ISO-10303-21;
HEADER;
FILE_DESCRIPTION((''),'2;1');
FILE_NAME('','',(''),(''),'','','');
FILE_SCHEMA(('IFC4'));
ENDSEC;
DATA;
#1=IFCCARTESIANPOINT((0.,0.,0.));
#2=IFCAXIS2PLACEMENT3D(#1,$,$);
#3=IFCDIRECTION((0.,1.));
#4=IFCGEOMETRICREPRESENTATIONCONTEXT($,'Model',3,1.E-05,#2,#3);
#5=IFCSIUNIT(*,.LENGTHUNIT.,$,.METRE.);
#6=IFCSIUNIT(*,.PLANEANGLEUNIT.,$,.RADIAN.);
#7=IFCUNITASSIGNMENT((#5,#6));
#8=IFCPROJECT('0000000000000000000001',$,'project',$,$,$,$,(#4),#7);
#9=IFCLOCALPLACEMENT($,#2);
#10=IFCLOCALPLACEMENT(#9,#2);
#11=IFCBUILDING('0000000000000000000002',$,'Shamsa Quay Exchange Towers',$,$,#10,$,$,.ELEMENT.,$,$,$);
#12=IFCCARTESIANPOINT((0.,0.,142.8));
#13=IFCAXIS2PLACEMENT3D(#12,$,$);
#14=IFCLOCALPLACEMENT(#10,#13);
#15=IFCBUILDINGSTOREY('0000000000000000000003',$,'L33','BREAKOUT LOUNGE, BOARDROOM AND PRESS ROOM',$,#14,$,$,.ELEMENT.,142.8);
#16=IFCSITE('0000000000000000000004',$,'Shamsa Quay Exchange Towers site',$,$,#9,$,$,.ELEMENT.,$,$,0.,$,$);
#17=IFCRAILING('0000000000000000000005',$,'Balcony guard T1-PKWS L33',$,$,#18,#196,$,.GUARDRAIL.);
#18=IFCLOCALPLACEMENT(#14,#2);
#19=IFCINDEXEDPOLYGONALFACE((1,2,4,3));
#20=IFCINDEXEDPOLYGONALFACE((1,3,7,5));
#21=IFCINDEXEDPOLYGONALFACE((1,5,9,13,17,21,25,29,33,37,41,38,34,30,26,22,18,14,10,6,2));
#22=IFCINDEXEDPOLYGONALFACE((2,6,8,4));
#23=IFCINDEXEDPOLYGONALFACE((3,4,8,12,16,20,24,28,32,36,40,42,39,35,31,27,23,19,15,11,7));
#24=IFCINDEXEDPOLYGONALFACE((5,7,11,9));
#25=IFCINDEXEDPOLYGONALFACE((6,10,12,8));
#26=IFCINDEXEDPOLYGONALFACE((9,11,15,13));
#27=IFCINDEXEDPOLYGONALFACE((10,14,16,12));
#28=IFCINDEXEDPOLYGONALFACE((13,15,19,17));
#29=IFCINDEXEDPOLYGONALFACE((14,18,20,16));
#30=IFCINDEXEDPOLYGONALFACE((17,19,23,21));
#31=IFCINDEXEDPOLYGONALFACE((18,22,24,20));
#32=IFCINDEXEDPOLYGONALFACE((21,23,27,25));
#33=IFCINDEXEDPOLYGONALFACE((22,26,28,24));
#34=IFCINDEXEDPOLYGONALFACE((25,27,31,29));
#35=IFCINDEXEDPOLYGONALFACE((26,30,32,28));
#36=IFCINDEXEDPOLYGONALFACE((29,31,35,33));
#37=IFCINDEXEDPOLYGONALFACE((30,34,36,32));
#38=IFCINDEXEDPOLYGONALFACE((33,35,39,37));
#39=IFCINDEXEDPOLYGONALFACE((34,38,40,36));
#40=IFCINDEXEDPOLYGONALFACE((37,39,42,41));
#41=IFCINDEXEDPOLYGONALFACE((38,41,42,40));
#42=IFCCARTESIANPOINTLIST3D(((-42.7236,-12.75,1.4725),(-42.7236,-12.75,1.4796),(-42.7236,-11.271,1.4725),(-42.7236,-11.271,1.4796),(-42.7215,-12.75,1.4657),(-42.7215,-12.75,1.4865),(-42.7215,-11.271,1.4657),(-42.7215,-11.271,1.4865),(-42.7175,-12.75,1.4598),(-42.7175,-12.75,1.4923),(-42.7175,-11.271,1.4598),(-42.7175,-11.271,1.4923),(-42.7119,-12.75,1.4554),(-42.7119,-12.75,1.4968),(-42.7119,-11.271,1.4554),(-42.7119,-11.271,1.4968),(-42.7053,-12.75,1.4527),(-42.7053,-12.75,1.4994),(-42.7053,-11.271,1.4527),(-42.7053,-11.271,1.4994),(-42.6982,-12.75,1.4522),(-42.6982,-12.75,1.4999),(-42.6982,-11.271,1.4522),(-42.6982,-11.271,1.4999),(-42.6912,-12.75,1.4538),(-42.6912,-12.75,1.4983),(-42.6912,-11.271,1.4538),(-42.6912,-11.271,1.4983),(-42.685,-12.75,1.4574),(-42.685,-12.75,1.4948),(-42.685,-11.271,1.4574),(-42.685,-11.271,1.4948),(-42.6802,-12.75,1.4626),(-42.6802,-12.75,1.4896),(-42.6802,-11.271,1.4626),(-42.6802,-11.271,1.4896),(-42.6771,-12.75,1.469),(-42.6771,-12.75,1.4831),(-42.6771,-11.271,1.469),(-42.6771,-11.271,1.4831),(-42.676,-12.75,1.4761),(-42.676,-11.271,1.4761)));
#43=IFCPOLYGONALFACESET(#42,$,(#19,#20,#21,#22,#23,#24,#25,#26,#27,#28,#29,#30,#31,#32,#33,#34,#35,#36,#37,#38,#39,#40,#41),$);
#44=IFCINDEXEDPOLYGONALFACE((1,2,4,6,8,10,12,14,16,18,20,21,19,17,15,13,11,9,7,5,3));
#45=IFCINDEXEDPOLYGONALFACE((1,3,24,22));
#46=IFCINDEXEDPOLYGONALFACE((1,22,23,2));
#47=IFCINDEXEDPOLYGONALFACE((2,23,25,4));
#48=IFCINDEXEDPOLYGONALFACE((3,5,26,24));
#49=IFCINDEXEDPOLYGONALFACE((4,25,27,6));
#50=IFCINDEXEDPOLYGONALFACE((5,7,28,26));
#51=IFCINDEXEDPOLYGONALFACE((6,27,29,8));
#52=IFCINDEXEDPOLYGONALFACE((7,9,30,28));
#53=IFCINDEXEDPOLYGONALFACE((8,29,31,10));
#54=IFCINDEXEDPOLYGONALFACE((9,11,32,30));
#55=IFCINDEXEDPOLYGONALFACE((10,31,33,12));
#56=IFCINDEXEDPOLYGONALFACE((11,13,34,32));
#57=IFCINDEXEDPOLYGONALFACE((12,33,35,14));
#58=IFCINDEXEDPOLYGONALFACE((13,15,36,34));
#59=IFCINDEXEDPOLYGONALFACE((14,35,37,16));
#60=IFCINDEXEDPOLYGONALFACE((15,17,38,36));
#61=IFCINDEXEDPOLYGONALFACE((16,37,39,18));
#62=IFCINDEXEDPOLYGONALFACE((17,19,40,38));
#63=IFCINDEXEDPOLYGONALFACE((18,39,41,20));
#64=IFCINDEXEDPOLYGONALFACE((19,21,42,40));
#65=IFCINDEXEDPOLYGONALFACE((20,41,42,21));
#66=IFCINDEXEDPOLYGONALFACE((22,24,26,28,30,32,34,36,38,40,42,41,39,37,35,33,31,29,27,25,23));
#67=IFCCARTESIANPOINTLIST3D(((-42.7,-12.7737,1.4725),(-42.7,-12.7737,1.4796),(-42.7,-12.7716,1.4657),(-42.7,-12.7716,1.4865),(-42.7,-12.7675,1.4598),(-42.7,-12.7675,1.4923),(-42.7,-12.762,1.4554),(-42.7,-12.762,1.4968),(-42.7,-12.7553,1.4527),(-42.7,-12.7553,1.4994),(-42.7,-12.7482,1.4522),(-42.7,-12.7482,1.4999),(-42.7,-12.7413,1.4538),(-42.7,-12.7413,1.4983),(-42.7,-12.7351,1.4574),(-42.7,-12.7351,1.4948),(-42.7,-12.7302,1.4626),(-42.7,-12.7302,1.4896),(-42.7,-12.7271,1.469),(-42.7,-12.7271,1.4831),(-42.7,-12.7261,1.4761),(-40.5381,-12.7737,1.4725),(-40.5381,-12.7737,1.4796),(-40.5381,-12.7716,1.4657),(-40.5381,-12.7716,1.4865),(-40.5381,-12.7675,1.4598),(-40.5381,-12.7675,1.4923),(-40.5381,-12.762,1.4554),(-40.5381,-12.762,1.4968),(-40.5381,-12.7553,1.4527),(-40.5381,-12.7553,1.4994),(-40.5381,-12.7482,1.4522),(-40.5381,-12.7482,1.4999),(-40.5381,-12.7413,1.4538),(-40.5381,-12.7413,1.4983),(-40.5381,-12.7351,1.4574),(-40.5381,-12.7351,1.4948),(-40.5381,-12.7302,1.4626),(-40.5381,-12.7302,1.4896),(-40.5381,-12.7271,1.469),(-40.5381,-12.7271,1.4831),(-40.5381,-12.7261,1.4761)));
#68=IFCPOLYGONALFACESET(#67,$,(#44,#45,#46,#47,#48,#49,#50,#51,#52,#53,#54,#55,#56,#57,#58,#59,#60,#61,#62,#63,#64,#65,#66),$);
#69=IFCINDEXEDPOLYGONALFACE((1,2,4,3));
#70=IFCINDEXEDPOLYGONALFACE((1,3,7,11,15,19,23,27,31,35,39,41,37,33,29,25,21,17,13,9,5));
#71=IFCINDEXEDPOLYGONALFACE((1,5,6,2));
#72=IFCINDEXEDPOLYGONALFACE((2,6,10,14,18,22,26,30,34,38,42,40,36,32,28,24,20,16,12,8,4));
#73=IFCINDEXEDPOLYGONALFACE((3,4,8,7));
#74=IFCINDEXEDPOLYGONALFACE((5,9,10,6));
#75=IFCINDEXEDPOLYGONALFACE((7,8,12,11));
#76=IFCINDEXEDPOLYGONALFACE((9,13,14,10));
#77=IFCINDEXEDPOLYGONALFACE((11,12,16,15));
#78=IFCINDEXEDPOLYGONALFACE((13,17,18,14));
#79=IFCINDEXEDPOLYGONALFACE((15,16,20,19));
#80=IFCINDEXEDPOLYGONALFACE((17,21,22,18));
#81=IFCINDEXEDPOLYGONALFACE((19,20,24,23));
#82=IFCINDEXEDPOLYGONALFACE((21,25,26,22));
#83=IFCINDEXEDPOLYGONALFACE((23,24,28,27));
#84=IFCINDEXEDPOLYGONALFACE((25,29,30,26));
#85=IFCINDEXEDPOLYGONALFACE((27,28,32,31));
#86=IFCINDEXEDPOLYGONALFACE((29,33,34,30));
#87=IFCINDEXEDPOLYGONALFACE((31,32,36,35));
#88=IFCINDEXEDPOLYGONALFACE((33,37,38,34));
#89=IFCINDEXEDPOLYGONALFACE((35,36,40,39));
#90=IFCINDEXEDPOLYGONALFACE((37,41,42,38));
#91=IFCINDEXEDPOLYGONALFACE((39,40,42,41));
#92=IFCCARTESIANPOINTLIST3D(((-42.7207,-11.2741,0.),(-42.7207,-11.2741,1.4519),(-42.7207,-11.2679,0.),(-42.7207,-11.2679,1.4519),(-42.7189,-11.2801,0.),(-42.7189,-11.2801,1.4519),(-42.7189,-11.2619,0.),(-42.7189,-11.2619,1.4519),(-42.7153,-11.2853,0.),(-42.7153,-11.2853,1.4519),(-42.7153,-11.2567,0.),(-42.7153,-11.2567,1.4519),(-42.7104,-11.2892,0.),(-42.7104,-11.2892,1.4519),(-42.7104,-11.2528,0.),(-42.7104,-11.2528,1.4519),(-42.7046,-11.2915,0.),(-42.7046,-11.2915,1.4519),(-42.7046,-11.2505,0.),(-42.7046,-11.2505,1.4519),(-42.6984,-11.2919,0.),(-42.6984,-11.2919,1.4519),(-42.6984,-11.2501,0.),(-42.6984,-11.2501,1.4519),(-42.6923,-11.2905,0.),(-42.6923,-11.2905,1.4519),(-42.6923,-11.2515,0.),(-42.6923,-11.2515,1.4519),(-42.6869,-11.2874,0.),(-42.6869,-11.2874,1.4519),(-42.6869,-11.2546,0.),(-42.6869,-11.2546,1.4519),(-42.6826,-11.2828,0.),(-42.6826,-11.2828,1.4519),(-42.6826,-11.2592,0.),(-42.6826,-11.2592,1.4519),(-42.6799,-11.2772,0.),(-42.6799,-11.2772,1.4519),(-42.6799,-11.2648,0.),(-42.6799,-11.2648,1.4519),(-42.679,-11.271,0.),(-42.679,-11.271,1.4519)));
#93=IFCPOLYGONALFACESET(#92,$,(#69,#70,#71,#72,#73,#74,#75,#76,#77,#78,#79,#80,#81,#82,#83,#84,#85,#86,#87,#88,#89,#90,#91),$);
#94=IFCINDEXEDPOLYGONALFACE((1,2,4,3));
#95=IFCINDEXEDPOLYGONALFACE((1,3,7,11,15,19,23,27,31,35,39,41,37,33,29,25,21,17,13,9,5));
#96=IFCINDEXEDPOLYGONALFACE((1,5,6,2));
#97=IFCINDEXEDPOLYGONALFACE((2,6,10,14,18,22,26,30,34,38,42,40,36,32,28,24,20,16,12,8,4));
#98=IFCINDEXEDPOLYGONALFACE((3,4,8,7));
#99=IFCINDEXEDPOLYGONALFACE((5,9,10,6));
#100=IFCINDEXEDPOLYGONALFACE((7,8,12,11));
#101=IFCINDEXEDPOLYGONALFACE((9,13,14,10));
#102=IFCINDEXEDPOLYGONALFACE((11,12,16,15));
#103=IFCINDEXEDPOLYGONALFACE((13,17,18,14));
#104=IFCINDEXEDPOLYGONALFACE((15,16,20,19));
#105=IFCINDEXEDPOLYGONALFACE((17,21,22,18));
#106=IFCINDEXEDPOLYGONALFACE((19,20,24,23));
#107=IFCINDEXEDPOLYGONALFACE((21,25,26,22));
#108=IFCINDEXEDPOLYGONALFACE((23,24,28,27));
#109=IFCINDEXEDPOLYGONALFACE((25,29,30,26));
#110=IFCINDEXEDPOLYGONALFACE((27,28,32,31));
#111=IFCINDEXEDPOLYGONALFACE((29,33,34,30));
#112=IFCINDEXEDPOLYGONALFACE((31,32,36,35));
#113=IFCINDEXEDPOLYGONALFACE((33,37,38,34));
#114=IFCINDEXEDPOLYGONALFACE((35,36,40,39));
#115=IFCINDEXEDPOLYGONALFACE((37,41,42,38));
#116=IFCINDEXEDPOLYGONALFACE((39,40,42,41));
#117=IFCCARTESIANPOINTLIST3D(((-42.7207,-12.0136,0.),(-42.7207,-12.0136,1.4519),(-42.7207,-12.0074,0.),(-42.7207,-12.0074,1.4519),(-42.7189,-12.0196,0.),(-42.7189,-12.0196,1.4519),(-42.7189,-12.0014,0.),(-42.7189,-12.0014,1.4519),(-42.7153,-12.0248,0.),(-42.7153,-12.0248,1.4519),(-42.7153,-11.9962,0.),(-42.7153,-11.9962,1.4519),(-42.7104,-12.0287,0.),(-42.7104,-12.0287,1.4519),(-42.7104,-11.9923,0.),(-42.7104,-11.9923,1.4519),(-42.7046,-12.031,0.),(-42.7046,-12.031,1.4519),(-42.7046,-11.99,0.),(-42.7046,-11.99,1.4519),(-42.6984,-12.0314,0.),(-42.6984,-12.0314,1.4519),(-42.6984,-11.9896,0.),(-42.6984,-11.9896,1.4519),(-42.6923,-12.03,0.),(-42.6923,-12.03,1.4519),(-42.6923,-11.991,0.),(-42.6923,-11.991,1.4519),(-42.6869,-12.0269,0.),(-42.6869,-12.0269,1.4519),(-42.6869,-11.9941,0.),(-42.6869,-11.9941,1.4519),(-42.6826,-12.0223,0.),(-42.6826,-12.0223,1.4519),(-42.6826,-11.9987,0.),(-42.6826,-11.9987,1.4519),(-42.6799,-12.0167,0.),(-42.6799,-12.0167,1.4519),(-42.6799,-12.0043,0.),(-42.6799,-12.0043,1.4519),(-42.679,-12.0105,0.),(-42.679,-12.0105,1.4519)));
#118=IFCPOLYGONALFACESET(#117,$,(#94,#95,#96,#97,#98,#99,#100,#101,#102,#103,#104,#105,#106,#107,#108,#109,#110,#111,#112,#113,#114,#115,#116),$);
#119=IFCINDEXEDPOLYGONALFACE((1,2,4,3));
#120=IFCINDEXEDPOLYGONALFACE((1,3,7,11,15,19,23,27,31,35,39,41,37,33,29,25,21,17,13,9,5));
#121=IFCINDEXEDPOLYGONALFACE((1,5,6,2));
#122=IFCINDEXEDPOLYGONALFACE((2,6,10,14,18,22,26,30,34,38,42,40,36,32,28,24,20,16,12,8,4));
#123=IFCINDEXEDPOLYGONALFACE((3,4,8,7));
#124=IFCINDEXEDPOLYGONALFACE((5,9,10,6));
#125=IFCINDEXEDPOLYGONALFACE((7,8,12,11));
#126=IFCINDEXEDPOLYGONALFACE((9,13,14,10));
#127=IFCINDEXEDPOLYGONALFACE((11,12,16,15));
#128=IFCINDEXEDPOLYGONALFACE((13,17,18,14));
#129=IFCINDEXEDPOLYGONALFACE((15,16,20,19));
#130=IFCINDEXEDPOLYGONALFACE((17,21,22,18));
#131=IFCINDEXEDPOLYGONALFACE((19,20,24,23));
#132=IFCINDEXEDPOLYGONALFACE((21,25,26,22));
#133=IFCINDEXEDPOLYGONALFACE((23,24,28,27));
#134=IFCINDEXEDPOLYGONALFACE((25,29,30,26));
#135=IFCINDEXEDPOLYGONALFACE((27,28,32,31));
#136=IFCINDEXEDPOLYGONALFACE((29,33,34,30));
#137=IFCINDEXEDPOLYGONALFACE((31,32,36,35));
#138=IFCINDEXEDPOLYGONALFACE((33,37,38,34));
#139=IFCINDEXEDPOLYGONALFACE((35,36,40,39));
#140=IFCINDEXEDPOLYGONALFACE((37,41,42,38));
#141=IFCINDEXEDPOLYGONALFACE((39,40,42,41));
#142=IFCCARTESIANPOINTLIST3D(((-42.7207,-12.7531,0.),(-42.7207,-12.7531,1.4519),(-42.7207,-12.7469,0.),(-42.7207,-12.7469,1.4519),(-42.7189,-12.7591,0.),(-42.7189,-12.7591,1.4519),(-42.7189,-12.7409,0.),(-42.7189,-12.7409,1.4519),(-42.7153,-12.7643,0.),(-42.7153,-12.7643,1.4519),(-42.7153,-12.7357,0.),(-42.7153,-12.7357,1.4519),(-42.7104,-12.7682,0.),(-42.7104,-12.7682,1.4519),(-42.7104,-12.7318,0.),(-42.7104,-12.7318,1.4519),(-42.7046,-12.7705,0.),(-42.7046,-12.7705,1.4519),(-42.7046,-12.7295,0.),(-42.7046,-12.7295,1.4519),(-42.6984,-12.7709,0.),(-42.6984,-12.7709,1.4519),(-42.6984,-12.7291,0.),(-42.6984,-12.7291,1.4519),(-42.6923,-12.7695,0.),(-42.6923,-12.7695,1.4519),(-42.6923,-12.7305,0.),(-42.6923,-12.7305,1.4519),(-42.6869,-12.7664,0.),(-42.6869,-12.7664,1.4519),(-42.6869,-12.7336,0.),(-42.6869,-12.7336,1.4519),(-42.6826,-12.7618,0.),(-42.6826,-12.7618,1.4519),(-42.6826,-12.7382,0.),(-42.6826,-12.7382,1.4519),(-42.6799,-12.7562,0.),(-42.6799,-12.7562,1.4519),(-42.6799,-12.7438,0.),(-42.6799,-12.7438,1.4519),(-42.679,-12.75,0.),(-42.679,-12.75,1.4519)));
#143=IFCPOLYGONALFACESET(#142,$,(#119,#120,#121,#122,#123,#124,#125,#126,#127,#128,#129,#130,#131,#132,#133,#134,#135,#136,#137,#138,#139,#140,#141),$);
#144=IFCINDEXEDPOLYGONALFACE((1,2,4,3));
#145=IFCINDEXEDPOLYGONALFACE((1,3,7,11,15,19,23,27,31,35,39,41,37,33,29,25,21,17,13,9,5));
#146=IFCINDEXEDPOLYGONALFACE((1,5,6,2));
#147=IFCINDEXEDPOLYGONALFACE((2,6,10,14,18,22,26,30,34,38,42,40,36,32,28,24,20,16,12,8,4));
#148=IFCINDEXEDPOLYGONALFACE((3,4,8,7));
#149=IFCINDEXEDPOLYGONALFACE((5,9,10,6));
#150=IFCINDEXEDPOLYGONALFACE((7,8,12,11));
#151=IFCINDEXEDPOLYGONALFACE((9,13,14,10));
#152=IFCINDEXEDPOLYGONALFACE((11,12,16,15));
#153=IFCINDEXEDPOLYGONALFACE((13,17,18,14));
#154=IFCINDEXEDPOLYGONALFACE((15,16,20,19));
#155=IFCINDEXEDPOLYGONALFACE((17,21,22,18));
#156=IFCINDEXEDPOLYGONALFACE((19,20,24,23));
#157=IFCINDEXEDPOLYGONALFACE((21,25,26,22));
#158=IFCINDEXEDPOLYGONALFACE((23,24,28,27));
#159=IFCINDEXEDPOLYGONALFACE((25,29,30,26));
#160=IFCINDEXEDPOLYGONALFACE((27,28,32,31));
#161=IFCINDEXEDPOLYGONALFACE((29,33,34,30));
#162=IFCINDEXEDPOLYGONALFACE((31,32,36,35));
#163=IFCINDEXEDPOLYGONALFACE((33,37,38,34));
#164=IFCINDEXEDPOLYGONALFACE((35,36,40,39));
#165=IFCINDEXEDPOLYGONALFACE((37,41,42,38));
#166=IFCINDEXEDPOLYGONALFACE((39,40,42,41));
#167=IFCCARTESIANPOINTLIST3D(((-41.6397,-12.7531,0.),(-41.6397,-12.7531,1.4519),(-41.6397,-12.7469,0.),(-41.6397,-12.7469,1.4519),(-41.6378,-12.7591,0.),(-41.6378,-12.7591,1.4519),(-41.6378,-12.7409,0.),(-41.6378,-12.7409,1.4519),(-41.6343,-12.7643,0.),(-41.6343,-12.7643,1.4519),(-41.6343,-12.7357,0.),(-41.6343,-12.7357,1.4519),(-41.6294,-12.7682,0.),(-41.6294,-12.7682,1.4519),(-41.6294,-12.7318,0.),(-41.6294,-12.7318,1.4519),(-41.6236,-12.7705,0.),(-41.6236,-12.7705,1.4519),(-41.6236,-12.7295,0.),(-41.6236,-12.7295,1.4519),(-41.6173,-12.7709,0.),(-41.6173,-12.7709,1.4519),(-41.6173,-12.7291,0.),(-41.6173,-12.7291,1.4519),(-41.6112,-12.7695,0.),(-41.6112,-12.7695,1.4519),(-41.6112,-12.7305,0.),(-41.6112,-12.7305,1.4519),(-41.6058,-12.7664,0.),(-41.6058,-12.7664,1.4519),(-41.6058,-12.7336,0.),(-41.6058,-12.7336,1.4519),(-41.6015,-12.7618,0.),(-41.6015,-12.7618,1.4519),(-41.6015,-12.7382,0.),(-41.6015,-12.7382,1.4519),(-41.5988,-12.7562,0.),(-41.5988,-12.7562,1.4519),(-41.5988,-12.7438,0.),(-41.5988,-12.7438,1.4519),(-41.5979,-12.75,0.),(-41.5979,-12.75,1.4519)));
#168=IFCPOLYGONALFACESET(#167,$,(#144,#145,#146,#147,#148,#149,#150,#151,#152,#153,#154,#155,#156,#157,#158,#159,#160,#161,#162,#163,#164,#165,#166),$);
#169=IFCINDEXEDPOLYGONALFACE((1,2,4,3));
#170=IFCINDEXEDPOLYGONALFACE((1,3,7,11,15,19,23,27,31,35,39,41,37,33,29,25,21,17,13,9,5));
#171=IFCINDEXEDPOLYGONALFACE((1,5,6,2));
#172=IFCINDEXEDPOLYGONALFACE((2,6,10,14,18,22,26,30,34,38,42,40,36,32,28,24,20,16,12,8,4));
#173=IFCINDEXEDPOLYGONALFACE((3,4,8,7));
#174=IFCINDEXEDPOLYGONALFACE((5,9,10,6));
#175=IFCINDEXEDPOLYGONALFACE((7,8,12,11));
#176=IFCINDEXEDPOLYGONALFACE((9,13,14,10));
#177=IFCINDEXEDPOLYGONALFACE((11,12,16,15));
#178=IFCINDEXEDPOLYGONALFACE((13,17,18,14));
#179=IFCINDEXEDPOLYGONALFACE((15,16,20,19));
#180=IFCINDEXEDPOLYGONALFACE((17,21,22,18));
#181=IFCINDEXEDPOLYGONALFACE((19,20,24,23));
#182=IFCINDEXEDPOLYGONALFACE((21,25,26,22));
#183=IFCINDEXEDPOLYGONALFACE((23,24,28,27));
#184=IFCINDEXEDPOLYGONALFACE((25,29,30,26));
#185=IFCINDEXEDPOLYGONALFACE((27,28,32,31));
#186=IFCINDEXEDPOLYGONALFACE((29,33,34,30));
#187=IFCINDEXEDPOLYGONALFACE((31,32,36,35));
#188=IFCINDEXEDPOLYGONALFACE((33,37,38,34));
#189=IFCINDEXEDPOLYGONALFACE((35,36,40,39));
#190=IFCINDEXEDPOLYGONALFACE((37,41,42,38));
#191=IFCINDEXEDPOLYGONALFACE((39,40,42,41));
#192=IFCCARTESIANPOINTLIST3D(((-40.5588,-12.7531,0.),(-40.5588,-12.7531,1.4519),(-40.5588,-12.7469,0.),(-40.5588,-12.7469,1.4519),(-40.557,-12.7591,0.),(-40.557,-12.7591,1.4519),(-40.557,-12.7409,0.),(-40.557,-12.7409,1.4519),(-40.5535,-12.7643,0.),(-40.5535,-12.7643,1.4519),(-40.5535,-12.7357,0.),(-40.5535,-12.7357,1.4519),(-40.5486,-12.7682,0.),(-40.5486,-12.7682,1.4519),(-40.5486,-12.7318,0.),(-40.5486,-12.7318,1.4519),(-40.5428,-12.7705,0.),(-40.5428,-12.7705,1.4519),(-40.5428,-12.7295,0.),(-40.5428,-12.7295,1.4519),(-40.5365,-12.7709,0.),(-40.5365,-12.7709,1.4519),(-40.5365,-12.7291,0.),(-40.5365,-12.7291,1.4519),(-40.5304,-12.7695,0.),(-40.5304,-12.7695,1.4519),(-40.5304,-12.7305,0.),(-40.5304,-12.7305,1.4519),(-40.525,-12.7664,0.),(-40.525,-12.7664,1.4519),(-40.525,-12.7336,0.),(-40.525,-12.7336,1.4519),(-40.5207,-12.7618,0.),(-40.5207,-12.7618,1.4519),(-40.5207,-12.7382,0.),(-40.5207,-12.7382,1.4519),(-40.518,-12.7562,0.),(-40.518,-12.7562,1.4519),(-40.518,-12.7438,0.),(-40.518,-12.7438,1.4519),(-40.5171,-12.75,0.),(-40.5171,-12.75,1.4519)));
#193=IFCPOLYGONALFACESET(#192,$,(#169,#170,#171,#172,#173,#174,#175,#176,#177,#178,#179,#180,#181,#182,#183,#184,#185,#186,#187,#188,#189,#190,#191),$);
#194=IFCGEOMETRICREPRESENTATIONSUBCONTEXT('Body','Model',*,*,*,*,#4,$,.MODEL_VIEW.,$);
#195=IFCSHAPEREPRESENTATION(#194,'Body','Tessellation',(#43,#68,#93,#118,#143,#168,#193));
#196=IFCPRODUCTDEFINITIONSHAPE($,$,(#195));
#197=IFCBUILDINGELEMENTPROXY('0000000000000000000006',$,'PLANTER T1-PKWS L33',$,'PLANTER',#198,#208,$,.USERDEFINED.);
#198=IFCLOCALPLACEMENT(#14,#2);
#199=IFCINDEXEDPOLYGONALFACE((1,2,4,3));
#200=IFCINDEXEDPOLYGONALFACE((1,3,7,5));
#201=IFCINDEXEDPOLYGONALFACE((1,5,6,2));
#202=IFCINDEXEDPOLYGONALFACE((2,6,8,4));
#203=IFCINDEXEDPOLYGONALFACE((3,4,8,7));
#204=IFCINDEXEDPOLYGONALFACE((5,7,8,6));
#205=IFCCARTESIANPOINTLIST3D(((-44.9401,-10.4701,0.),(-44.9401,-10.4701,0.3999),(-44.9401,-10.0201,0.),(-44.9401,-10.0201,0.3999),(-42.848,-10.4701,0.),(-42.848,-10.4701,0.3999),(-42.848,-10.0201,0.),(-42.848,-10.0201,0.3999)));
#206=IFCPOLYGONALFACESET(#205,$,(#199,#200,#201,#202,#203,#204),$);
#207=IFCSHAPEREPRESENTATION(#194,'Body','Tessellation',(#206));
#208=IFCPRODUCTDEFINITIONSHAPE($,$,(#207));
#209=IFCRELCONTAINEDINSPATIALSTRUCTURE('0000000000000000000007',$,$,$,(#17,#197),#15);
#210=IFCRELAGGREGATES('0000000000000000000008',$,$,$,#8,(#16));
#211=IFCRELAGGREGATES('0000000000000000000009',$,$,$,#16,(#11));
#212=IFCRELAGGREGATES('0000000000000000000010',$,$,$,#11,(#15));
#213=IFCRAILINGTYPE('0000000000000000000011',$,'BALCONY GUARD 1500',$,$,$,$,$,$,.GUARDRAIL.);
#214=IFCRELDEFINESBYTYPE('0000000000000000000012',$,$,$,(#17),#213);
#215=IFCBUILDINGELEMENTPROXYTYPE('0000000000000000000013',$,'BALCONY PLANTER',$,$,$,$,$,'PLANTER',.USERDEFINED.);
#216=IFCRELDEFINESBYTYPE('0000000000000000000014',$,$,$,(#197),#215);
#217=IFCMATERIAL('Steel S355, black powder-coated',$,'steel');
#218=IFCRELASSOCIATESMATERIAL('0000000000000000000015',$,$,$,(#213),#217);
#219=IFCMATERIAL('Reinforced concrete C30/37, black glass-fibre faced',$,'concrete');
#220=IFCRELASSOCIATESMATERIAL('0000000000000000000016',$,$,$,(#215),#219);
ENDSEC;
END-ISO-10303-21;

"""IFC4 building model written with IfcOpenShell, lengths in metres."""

from ifc_helpers import new_model, si_unit, direction, frame, origin, origin_2d, place, context, subcontext, project, spatial, rectangle, circle, extrude, material, type_object, element, save


model = new_model("IFC4")

# Units and contexts
model_context = context("Model", 3, precision=1e-05, world=origin(), true_north=direction((0.0, 1.0)))
body_context = subcontext(model_context, "Body", "Model", "MODEL_VIEW")
ifc_project = project(units=[si_unit("LENGTHUNIT", "METRE"), si_unit("PLANEANGLEUNIT", "RADIAN")], contexts=[model_context])

# Site, building, storey
site_placement = place(None, origin())
site = spatial("IfcSite", under=ifc_project, at=site_placement, Name="Shamsa Quay Exchange Towers site", CompositionType="ELEMENT", RefElevation=0.0)
building_placement = place(site_placement, origin())
building = spatial("IfcBuilding", under=site, at=building_placement, Name="Shamsa Quay Exchange Towers", CompositionType="ELEMENT")
storey_placement = place(building_placement, frame((0.0, 0.0, 142.8)))
storey = spatial("IfcBuildingStorey", under=building, at=storey_placement, Name="L33", Description="BREAKOUT LOUNGE, BOARDROOM AND PRESS ROOM", CompositionType="ELEMENT", Elevation=142.8)

# Railing
ifc_material_1 = material(Name="Steel S355, black powder-coated", Category="steel")
railing_type_1 = type_object("IfcRailingType", Name="BALCONY GUARD 1500", PredefinedType="GUARDRAIL", material=ifc_material_1)
for number, where, name in (
    (1, (-42.7, -11.271, 0.0), "Balcony guard T1-PKWS L33"),
):
    element("IfcRailing", number, at=place(storey_placement, frame(where)), inside=storey, type_object=railing_type_1, Name=name, PredefinedType="GUARDRAIL", context=body_context, shape_type="SweptSolid", body=[
        extrude(circle(Radius=0.0239, at=origin_2d()), frame((0.0, 0.0, 1.4761), z_axis=(0.0, -1.0, 0.0), x_axis=(1.0, 0.0, 0.0)), (0.0, 0.0, 1.0), 1.479),
        extrude(circle(Radius=0.0239, at=origin_2d()), frame((0.0, -1.479, 1.4761), z_axis=(1.0, 0.0, 0.0), x_axis=(0.0, 1.0, 0.0)), (0.0, 0.0, 1.0), 2.1619),
        extrude(circle(Radius=0.021, at=origin_2d()), origin(), (0.0, 0.0, 1.0), 1.4519),
        extrude(circle(Radius=0.021, at=origin_2d()), frame((0.0, -0.7395, 0.0)), (0.0, 0.0, 1.0), 1.4519),
        extrude(circle(Radius=0.021, at=origin_2d()), frame((0.0, -1.479, 0.0)), (0.0, 0.0, 1.0), 1.4519),
        extrude(circle(Radius=0.021, at=origin_2d()), frame((1.0811, -1.479, 0.0)), (0.0, 0.0, 1.0), 1.4519),
        extrude(circle(Radius=0.021, at=origin_2d()), frame((2.1619, -1.479, 0.0)), (0.0, 0.0, 1.0), 1.4519),
    ])

# Building element proxy
ifc_material_2 = material(Name="Reinforced concrete C30/37, black glass-fibre faced", Category="concrete")
building_element_proxy_type = type_object("IfcBuildingElementProxyType", Name="BALCONY PLANTER", ElementType="PLANTER", PredefinedType="USERDEFINED", material=ifc_material_2)
proxy_placement = place(storey_placement, frame((-43.894, -10.2451, 0.0)))
element("IfcBuildingElementProxy", 2, at=proxy_placement, inside=storey, type_object=building_element_proxy_type, Name="PLANTER T1-PKWS L33", ObjectType="PLANTER", PredefinedType="USERDEFINED", context=body_context, shape_type="SweptSolid", body=[
    extrude(rectangle(XDim=2.092, YDim=0.45, at=origin_2d()), origin(), (0.0, 0.0, 1.0), 0.3999),
])

save(model, "model.ifc")
